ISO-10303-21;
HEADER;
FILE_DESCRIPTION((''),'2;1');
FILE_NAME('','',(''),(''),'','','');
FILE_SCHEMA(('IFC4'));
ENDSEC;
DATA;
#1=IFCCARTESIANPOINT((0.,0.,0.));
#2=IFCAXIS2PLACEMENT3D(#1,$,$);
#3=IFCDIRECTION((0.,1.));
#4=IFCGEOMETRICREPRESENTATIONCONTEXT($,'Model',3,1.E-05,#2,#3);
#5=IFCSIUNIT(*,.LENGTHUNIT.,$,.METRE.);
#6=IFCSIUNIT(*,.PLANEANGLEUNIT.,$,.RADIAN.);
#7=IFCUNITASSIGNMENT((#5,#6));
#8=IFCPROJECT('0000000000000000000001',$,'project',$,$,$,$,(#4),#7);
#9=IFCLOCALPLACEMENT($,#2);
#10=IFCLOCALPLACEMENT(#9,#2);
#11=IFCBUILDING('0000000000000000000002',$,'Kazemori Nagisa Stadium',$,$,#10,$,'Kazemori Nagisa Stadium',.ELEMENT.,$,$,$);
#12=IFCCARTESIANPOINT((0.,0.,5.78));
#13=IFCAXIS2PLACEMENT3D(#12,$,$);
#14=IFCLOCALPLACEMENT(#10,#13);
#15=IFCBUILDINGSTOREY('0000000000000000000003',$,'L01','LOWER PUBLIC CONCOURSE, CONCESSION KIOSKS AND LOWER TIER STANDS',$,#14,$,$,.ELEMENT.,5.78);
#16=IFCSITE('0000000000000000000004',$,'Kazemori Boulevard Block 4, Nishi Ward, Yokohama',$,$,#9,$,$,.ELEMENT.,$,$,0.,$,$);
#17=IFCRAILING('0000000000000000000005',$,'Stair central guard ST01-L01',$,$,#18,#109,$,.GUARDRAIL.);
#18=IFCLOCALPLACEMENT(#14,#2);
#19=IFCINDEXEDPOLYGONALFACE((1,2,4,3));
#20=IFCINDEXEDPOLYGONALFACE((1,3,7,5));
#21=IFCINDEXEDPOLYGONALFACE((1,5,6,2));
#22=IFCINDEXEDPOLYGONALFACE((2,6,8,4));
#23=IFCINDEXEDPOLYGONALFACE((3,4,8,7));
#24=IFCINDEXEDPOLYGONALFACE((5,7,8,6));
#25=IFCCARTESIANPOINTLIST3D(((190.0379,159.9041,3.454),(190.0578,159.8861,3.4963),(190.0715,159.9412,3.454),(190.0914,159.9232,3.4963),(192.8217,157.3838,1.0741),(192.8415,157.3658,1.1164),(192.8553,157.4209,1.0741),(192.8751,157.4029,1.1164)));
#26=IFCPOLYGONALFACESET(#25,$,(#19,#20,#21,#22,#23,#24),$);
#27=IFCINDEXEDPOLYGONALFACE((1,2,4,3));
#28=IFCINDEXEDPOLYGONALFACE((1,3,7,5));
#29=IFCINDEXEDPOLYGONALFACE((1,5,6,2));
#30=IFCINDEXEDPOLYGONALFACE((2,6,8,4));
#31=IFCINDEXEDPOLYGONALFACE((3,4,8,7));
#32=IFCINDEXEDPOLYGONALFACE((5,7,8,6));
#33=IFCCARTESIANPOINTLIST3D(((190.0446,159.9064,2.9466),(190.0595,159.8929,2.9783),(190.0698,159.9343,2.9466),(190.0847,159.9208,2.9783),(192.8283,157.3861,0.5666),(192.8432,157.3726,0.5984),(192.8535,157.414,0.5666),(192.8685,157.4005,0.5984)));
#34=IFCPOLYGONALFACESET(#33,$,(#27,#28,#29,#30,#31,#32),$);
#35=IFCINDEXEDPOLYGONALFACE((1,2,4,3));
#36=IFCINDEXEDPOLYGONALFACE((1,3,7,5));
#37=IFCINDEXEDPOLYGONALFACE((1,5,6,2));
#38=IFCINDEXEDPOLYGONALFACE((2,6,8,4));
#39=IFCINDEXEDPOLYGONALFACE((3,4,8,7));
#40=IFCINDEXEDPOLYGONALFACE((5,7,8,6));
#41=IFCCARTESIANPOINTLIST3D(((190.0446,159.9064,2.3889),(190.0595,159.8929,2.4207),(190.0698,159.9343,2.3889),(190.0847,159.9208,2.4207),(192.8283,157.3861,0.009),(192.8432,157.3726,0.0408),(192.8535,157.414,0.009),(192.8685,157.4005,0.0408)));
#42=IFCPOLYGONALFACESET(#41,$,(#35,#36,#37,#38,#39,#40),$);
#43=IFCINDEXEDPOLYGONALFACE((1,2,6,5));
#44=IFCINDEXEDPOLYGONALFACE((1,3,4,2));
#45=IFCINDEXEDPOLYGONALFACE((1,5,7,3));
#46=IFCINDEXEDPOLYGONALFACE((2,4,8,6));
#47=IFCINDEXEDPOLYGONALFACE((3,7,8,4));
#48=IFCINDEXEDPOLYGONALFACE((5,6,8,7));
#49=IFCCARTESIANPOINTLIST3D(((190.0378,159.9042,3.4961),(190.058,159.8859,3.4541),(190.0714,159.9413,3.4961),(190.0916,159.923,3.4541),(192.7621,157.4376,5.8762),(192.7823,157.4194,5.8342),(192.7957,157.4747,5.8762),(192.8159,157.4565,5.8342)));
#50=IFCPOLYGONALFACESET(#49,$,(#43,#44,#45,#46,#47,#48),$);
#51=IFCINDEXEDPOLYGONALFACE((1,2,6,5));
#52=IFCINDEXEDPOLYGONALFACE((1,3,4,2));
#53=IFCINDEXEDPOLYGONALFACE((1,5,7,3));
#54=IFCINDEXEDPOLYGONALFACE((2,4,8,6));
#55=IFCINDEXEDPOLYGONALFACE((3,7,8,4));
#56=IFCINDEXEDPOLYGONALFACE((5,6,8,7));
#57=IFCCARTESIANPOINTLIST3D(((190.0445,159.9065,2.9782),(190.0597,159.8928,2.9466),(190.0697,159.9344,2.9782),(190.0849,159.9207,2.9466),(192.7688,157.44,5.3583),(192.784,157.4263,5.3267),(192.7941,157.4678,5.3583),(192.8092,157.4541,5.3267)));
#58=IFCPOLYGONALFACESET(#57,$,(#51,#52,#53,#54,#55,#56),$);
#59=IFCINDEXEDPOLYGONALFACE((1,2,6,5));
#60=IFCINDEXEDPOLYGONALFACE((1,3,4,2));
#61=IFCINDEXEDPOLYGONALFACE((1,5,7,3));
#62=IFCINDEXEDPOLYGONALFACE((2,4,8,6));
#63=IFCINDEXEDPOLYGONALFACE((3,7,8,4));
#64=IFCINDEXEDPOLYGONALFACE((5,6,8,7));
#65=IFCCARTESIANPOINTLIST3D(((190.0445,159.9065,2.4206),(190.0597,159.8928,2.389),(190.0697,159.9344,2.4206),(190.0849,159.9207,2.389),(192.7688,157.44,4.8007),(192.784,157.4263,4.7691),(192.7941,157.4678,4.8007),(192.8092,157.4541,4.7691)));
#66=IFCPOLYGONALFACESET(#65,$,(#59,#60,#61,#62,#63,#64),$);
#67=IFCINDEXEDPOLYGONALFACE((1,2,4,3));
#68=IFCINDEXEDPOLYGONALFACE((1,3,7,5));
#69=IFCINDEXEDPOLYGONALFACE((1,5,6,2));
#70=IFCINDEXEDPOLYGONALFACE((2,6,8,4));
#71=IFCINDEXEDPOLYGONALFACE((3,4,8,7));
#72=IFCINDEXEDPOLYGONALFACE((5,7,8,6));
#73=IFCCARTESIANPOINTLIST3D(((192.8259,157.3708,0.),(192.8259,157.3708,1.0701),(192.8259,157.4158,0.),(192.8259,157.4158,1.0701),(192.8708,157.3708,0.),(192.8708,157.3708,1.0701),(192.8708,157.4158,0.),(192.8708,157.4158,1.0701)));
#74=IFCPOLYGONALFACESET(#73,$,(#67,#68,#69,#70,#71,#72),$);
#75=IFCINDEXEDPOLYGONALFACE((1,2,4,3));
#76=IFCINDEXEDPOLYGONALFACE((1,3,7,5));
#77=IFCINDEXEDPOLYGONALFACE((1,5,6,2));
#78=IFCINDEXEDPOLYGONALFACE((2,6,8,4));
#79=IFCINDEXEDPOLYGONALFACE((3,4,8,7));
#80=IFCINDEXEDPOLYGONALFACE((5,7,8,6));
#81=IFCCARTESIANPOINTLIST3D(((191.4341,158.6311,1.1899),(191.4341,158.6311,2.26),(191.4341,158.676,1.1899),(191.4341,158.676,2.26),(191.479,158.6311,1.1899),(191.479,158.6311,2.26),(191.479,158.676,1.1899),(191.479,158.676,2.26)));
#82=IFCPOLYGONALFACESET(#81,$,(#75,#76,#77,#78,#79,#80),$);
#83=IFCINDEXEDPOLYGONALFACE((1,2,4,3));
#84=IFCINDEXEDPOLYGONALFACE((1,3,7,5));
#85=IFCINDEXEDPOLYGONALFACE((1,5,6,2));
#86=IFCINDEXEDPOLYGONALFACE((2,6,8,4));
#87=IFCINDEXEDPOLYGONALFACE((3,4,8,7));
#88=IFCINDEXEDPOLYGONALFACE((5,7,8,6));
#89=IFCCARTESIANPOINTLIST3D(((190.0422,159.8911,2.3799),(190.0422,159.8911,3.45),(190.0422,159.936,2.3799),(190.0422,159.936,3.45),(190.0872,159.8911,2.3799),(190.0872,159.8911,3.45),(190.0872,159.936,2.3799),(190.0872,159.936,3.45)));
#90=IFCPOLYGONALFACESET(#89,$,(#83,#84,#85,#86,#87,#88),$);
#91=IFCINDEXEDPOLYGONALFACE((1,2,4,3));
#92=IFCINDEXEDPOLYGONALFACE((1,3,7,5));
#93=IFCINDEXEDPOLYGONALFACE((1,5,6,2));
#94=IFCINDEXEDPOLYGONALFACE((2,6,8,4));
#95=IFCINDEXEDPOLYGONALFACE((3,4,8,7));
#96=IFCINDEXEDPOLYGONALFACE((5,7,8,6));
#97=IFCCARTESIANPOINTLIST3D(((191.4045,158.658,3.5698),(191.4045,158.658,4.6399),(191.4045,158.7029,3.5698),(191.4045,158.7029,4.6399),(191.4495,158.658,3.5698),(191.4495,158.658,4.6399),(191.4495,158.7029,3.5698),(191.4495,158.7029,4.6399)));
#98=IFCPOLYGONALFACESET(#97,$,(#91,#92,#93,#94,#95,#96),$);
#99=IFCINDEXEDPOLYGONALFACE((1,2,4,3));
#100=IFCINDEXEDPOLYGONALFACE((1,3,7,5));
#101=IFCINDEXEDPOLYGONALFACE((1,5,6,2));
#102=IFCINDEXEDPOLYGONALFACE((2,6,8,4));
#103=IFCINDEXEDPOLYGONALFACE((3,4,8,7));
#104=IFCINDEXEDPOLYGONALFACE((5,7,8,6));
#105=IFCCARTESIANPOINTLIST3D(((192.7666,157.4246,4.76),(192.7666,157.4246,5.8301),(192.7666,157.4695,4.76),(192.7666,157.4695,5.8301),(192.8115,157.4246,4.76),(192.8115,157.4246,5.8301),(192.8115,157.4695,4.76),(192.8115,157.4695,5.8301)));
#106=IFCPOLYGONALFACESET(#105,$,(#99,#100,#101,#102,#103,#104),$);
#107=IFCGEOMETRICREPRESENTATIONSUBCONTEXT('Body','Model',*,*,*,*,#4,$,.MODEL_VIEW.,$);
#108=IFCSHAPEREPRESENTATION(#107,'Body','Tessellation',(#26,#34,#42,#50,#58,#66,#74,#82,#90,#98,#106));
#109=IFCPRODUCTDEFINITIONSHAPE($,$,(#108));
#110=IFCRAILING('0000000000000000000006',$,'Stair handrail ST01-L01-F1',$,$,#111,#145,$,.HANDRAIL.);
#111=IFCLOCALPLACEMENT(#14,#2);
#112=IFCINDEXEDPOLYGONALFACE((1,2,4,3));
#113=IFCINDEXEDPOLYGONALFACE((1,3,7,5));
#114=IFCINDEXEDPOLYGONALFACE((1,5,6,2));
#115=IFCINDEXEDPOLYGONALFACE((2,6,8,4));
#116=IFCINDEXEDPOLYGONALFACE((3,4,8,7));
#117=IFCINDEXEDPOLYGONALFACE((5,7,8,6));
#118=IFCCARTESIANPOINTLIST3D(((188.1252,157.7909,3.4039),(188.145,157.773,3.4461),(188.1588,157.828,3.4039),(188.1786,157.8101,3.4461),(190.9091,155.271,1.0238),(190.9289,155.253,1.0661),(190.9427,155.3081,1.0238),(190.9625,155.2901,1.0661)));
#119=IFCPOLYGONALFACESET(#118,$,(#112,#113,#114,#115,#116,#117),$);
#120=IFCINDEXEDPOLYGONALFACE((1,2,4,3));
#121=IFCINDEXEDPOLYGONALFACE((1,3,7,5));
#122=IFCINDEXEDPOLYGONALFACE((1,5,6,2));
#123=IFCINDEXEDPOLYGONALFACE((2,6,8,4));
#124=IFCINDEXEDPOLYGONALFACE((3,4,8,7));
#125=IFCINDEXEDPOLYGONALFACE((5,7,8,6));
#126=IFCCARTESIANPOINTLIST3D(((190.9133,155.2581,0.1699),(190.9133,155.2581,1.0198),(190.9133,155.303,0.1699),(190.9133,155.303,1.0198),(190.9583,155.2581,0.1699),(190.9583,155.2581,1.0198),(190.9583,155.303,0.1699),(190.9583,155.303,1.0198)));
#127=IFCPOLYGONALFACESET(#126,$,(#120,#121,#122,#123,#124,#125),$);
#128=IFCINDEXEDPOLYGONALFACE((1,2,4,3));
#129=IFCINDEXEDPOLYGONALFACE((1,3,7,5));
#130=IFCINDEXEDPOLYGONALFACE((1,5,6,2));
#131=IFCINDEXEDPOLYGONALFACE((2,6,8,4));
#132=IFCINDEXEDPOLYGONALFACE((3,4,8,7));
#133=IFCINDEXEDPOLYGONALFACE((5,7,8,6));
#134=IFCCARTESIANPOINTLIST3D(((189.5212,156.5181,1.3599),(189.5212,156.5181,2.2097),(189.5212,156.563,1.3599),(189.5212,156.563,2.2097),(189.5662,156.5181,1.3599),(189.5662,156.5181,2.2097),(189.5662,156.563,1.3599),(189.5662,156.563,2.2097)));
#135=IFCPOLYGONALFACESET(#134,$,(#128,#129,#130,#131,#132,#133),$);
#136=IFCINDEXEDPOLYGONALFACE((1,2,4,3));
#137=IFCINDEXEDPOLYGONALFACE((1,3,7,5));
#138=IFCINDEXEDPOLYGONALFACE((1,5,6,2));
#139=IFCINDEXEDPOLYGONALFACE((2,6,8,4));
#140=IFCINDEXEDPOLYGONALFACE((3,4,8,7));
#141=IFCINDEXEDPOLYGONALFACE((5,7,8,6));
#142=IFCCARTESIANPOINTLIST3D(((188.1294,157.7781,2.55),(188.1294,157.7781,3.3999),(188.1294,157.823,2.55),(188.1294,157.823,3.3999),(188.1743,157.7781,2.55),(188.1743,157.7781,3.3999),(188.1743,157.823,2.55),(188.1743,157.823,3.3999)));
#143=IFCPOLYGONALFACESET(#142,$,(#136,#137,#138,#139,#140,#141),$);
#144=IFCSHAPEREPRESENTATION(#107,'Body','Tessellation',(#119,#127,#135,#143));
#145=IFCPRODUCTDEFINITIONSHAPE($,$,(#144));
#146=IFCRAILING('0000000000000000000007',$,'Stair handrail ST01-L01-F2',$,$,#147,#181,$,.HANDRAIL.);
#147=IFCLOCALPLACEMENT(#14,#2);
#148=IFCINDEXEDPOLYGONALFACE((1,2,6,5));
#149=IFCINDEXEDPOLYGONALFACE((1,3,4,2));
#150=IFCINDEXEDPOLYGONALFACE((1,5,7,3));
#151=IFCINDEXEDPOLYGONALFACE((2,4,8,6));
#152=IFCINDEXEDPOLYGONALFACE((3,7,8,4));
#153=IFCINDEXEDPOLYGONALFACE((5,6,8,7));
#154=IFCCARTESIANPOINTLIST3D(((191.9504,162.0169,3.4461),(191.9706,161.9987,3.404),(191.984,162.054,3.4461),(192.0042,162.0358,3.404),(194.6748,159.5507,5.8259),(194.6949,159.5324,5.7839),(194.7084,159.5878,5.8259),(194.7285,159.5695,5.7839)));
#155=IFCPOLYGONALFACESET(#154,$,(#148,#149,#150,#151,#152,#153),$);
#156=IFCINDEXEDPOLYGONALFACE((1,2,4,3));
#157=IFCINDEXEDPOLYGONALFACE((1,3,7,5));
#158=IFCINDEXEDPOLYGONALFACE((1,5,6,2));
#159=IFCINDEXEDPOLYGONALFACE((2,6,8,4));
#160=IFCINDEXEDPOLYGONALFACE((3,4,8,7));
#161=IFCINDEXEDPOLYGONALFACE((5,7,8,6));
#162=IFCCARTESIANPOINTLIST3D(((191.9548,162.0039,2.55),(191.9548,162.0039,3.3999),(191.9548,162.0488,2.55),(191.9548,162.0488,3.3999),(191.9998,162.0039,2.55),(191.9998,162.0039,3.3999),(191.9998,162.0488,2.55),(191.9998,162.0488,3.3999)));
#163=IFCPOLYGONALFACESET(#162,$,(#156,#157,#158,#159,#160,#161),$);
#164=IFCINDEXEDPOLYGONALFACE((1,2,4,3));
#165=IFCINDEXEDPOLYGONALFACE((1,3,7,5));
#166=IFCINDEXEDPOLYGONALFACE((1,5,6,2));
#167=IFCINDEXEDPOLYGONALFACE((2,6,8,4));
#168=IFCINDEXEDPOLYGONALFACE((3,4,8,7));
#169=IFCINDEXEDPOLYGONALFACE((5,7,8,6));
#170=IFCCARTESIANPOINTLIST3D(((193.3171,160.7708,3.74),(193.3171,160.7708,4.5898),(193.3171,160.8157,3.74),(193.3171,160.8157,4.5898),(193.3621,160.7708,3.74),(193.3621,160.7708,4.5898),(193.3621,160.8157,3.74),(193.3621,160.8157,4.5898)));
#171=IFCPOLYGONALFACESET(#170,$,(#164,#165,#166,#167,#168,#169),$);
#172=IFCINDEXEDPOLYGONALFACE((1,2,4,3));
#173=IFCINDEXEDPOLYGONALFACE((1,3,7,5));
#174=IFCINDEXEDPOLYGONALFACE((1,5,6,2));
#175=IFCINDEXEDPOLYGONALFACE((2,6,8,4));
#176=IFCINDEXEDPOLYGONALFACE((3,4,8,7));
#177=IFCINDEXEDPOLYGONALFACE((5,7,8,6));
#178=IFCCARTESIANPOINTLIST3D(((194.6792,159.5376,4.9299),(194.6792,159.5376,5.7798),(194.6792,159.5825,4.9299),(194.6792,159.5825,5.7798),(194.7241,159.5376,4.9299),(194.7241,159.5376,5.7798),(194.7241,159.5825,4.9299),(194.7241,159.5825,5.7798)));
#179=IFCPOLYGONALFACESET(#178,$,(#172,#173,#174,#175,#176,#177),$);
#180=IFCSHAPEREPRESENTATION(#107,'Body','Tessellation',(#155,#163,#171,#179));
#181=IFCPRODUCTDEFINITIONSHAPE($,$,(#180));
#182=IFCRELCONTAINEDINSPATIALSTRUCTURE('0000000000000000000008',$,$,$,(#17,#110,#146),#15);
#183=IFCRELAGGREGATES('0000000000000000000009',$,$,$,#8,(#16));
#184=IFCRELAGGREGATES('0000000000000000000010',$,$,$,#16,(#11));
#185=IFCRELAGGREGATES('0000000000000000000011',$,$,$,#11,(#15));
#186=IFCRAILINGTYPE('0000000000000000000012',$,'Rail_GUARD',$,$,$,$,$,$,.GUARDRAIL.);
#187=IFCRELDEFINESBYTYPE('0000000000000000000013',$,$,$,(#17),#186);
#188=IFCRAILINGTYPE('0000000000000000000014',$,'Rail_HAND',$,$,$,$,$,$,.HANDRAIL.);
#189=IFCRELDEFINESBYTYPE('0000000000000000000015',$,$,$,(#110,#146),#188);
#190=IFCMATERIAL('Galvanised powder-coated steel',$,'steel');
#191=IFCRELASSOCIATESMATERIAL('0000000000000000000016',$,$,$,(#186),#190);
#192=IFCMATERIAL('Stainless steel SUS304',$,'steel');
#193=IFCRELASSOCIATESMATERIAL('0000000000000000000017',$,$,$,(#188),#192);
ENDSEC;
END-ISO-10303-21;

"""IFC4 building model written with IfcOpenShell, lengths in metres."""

from ifc_helpers import new_model, si_unit, direction, frame, origin, origin_2d, place, context, subcontext, project, spatial, rectangle, extrude, material, type_object, element, save


model = new_model("IFC4")

# Units and contexts
model_context = context("Model", 3, precision=1e-05, world=origin(), true_north=direction((0.0, 1.0)))
body_context = subcontext(model_context, "Body", "Model", "MODEL_VIEW")
ifc_project = project(units=[si_unit("LENGTHUNIT", "METRE"), si_unit("PLANEANGLEUNIT", "RADIAN")], contexts=[model_context])

# Site, building, storey
site_placement = place(None, origin())
site = spatial("IfcSite", under=ifc_project, at=site_placement, Name="Kazemori Boulevard Block 4, Nishi Ward, Yokohama", CompositionType="ELEMENT", RefElevation=0.0)
building_placement = place(site_placement, origin())
building = spatial("IfcBuilding", under=site, at=building_placement, Name="Kazemori Nagisa Stadium", LongName="Kazemori Nagisa Stadium", CompositionType="ELEMENT")
storey_placement = place(building_placement, frame((0.0, 0.0, 5.78)))
storey = spatial("IfcBuildingStorey", under=building, at=storey_placement, Name="L01", Description="LOWER PUBLIC CONCOURSE, CONCESSION KIOSKS AND LOWER TIER STANDS", CompositionType="ELEMENT", Elevation=5.78)

# Railings
ifc_material_1 = material(Name="Galvanised powder-coated steel", Category="steel")
railing_type_1 = type_object("IfcRailingType", Name="Rail_GUARD", PredefinedType="GUARDRAIL", material=ifc_material_1)
railing_1_placement = place(storey_placement, frame((192.8484, 157.3933, 0.0)))
element("IfcRailing", 1, at=railing_1_placement, inside=storey, type_object=railing_type_1, Name="Stair central guard ST01-L01", PredefinedType="GUARDRAIL", context=body_context, shape_type="SweptSolid", body=[
    extrude(rectangle(XDim=0.05, YDim=0.05, at=origin_2d()), frame((0.0, 0.0, 1.0952), z_axis=(-0.62615, 0.566895, 0.535319), x_axis=(-0.67116, -0.741312, 0.0)), (0.0, 0.0, 1.0), 4.4458),
    extrude(rectangle(XDim=0.0376, YDim=0.0376, at=origin_2d()), frame((0.0, 0.0, 0.5825), z_axis=(-0.62615, 0.566895, 0.535319), x_axis=(-0.67116, -0.741312, 0.0)), (0.0, 0.0, 1.0), 4.4458),
    extrude(rectangle(XDim=0.0376, YDim=0.0376, at=origin_2d()), frame((0.0, 0.0, 0.0249), z_axis=(-0.62615, 0.566895, 0.535319), x_axis=(-0.67116, -0.741312, 0.0)), (0.0, 0.0, 1.0), 4.4458),
    extrude(rectangle(XDim=0.05, YDim=0.05, at=origin_2d()), frame((-2.7837, 2.5203, 3.4751), z_axis=(0.622218, -0.563336, 0.543597), x_axis=(0.67116, 0.741312, 0.0)), (0.0, 0.0, 1.0), 4.3784),
    extrude(rectangle(XDim=0.0376, YDim=0.0376, at=origin_2d()), frame((-2.7837, 2.5203, 2.9624), z_axis=(0.622218, -0.563336, 0.543597), x_axis=(0.67116, 0.741312, 0.0)), (0.0, 0.0, 1.0), 4.3784),
    extrude(rectangle(XDim=0.0376, YDim=0.0376, at=origin_2d()), frame((-2.7837, 2.5203, 2.4048), z_axis=(0.622218, -0.563336, 0.543597), x_axis=(0.67116, 0.741312, 0.0)), (0.0, 0.0, 1.0), 4.3784),
    extrude(rectangle(XDim=0.0449, YDim=0.0449, at=origin_2d()), origin(), (0.0, 0.0, 1.0), 1.0701),
    extrude(rectangle(XDim=0.0449, YDim=0.0449, at=origin_2d()), frame((-1.3918, 1.2603, 1.1899)), (0.0, 0.0, 1.0), 1.0701),
    extrude(rectangle(XDim=0.0449, YDim=0.0449, at=origin_2d()), frame((-2.7837, 2.5203, 2.3799)), (0.0, 0.0, 1.0), 1.0701),
    extrude(rectangle(XDim=0.0449, YDim=0.0449, at=origin_2d()), frame((-1.4214, 1.2871, 3.5698)), (0.0, 0.0, 1.0), 1.0701),
    extrude(rectangle(XDim=0.0449, YDim=0.0449, at=origin_2d()), frame((-0.0593, 0.0537, 4.76)), (0.0, 0.0, 1.0), 1.0701),
])
ifc_material_2 = material(Name="Stainless steel SUS304", Category="steel")
railing_type_2 = type_object("IfcRailingType", Name="Rail_HAND", PredefinedType="HANDRAIL", material=ifc_material_2)
railing_2_placement = place(storey_placement, frame((190.9358, 155.2805, 0.1699)))
element("IfcRailing", 2, at=railing_2_placement, inside=storey, type_object=railing_type_2, Name="Stair handrail ST01-L01-F1", PredefinedType="HANDRAIL", context=body_context, shape_type="SweptSolid", body=[
    extrude(rectangle(XDim=0.05, YDim=0.05, at=origin_2d()), frame((0.0, 0.0, 0.875), z_axis=(-0.626184, 0.566822, 0.535356), x_axis=(-0.671092, -0.741374, 0.0)), (0.0, 0.0, 1.0), 4.4458),
    extrude(rectangle(XDim=0.0449, YDim=0.0449, at=origin_2d()), origin(), (0.0, 0.0, 1.0), 0.8499),
    extrude(rectangle(XDim=0.0449, YDim=0.0449, at=origin_2d()), frame((-1.3921, 1.26, 1.1899)), (0.0, 0.0, 1.0), 0.8499),
    extrude(rectangle(XDim=0.0449, YDim=0.0449, at=origin_2d()), frame((-2.7839, 2.52, 2.3801)), (0.0, 0.0, 1.0), 0.8499),
])
railing_3_placement = place(storey_placement, frame((191.9773, 162.0264, 2.55)))
element("IfcRailing", 3, at=railing_3_placement, inside=storey, type_object=railing_type_2, Name="Stair handrail ST01-L01-F2", PredefinedType="HANDRAIL", context=body_context, shape_type="SweptSolid", body=[
    extrude(rectangle(XDim=0.05, YDim=0.05, at=origin_2d()), frame((0.0, 0.0, 0.875), z_axis=(0.622256, -0.563315, 0.543575), x_axis=(0.671124, 0.741345, 0.0)), (0.0, 0.0, 1.0), 4.3782),
    extrude(rectangle(XDim=0.0449, YDim=0.0449, at=origin_2d()), origin(), (0.0, 0.0, 1.0), 0.8499),
    extrude(rectangle(XDim=0.0449, YDim=0.0449, at=origin_2d()), frame((1.3623, -1.2332, 1.1899)), (0.0, 0.0, 1.0), 0.8499),
    extrude(rectangle(XDim=0.0449, YDim=0.0449, at=origin_2d()), frame((2.7244, -2.4663, 2.3799)), (0.0, 0.0, 1.0), 0.8499),
])

save(model, "model.ifc")
